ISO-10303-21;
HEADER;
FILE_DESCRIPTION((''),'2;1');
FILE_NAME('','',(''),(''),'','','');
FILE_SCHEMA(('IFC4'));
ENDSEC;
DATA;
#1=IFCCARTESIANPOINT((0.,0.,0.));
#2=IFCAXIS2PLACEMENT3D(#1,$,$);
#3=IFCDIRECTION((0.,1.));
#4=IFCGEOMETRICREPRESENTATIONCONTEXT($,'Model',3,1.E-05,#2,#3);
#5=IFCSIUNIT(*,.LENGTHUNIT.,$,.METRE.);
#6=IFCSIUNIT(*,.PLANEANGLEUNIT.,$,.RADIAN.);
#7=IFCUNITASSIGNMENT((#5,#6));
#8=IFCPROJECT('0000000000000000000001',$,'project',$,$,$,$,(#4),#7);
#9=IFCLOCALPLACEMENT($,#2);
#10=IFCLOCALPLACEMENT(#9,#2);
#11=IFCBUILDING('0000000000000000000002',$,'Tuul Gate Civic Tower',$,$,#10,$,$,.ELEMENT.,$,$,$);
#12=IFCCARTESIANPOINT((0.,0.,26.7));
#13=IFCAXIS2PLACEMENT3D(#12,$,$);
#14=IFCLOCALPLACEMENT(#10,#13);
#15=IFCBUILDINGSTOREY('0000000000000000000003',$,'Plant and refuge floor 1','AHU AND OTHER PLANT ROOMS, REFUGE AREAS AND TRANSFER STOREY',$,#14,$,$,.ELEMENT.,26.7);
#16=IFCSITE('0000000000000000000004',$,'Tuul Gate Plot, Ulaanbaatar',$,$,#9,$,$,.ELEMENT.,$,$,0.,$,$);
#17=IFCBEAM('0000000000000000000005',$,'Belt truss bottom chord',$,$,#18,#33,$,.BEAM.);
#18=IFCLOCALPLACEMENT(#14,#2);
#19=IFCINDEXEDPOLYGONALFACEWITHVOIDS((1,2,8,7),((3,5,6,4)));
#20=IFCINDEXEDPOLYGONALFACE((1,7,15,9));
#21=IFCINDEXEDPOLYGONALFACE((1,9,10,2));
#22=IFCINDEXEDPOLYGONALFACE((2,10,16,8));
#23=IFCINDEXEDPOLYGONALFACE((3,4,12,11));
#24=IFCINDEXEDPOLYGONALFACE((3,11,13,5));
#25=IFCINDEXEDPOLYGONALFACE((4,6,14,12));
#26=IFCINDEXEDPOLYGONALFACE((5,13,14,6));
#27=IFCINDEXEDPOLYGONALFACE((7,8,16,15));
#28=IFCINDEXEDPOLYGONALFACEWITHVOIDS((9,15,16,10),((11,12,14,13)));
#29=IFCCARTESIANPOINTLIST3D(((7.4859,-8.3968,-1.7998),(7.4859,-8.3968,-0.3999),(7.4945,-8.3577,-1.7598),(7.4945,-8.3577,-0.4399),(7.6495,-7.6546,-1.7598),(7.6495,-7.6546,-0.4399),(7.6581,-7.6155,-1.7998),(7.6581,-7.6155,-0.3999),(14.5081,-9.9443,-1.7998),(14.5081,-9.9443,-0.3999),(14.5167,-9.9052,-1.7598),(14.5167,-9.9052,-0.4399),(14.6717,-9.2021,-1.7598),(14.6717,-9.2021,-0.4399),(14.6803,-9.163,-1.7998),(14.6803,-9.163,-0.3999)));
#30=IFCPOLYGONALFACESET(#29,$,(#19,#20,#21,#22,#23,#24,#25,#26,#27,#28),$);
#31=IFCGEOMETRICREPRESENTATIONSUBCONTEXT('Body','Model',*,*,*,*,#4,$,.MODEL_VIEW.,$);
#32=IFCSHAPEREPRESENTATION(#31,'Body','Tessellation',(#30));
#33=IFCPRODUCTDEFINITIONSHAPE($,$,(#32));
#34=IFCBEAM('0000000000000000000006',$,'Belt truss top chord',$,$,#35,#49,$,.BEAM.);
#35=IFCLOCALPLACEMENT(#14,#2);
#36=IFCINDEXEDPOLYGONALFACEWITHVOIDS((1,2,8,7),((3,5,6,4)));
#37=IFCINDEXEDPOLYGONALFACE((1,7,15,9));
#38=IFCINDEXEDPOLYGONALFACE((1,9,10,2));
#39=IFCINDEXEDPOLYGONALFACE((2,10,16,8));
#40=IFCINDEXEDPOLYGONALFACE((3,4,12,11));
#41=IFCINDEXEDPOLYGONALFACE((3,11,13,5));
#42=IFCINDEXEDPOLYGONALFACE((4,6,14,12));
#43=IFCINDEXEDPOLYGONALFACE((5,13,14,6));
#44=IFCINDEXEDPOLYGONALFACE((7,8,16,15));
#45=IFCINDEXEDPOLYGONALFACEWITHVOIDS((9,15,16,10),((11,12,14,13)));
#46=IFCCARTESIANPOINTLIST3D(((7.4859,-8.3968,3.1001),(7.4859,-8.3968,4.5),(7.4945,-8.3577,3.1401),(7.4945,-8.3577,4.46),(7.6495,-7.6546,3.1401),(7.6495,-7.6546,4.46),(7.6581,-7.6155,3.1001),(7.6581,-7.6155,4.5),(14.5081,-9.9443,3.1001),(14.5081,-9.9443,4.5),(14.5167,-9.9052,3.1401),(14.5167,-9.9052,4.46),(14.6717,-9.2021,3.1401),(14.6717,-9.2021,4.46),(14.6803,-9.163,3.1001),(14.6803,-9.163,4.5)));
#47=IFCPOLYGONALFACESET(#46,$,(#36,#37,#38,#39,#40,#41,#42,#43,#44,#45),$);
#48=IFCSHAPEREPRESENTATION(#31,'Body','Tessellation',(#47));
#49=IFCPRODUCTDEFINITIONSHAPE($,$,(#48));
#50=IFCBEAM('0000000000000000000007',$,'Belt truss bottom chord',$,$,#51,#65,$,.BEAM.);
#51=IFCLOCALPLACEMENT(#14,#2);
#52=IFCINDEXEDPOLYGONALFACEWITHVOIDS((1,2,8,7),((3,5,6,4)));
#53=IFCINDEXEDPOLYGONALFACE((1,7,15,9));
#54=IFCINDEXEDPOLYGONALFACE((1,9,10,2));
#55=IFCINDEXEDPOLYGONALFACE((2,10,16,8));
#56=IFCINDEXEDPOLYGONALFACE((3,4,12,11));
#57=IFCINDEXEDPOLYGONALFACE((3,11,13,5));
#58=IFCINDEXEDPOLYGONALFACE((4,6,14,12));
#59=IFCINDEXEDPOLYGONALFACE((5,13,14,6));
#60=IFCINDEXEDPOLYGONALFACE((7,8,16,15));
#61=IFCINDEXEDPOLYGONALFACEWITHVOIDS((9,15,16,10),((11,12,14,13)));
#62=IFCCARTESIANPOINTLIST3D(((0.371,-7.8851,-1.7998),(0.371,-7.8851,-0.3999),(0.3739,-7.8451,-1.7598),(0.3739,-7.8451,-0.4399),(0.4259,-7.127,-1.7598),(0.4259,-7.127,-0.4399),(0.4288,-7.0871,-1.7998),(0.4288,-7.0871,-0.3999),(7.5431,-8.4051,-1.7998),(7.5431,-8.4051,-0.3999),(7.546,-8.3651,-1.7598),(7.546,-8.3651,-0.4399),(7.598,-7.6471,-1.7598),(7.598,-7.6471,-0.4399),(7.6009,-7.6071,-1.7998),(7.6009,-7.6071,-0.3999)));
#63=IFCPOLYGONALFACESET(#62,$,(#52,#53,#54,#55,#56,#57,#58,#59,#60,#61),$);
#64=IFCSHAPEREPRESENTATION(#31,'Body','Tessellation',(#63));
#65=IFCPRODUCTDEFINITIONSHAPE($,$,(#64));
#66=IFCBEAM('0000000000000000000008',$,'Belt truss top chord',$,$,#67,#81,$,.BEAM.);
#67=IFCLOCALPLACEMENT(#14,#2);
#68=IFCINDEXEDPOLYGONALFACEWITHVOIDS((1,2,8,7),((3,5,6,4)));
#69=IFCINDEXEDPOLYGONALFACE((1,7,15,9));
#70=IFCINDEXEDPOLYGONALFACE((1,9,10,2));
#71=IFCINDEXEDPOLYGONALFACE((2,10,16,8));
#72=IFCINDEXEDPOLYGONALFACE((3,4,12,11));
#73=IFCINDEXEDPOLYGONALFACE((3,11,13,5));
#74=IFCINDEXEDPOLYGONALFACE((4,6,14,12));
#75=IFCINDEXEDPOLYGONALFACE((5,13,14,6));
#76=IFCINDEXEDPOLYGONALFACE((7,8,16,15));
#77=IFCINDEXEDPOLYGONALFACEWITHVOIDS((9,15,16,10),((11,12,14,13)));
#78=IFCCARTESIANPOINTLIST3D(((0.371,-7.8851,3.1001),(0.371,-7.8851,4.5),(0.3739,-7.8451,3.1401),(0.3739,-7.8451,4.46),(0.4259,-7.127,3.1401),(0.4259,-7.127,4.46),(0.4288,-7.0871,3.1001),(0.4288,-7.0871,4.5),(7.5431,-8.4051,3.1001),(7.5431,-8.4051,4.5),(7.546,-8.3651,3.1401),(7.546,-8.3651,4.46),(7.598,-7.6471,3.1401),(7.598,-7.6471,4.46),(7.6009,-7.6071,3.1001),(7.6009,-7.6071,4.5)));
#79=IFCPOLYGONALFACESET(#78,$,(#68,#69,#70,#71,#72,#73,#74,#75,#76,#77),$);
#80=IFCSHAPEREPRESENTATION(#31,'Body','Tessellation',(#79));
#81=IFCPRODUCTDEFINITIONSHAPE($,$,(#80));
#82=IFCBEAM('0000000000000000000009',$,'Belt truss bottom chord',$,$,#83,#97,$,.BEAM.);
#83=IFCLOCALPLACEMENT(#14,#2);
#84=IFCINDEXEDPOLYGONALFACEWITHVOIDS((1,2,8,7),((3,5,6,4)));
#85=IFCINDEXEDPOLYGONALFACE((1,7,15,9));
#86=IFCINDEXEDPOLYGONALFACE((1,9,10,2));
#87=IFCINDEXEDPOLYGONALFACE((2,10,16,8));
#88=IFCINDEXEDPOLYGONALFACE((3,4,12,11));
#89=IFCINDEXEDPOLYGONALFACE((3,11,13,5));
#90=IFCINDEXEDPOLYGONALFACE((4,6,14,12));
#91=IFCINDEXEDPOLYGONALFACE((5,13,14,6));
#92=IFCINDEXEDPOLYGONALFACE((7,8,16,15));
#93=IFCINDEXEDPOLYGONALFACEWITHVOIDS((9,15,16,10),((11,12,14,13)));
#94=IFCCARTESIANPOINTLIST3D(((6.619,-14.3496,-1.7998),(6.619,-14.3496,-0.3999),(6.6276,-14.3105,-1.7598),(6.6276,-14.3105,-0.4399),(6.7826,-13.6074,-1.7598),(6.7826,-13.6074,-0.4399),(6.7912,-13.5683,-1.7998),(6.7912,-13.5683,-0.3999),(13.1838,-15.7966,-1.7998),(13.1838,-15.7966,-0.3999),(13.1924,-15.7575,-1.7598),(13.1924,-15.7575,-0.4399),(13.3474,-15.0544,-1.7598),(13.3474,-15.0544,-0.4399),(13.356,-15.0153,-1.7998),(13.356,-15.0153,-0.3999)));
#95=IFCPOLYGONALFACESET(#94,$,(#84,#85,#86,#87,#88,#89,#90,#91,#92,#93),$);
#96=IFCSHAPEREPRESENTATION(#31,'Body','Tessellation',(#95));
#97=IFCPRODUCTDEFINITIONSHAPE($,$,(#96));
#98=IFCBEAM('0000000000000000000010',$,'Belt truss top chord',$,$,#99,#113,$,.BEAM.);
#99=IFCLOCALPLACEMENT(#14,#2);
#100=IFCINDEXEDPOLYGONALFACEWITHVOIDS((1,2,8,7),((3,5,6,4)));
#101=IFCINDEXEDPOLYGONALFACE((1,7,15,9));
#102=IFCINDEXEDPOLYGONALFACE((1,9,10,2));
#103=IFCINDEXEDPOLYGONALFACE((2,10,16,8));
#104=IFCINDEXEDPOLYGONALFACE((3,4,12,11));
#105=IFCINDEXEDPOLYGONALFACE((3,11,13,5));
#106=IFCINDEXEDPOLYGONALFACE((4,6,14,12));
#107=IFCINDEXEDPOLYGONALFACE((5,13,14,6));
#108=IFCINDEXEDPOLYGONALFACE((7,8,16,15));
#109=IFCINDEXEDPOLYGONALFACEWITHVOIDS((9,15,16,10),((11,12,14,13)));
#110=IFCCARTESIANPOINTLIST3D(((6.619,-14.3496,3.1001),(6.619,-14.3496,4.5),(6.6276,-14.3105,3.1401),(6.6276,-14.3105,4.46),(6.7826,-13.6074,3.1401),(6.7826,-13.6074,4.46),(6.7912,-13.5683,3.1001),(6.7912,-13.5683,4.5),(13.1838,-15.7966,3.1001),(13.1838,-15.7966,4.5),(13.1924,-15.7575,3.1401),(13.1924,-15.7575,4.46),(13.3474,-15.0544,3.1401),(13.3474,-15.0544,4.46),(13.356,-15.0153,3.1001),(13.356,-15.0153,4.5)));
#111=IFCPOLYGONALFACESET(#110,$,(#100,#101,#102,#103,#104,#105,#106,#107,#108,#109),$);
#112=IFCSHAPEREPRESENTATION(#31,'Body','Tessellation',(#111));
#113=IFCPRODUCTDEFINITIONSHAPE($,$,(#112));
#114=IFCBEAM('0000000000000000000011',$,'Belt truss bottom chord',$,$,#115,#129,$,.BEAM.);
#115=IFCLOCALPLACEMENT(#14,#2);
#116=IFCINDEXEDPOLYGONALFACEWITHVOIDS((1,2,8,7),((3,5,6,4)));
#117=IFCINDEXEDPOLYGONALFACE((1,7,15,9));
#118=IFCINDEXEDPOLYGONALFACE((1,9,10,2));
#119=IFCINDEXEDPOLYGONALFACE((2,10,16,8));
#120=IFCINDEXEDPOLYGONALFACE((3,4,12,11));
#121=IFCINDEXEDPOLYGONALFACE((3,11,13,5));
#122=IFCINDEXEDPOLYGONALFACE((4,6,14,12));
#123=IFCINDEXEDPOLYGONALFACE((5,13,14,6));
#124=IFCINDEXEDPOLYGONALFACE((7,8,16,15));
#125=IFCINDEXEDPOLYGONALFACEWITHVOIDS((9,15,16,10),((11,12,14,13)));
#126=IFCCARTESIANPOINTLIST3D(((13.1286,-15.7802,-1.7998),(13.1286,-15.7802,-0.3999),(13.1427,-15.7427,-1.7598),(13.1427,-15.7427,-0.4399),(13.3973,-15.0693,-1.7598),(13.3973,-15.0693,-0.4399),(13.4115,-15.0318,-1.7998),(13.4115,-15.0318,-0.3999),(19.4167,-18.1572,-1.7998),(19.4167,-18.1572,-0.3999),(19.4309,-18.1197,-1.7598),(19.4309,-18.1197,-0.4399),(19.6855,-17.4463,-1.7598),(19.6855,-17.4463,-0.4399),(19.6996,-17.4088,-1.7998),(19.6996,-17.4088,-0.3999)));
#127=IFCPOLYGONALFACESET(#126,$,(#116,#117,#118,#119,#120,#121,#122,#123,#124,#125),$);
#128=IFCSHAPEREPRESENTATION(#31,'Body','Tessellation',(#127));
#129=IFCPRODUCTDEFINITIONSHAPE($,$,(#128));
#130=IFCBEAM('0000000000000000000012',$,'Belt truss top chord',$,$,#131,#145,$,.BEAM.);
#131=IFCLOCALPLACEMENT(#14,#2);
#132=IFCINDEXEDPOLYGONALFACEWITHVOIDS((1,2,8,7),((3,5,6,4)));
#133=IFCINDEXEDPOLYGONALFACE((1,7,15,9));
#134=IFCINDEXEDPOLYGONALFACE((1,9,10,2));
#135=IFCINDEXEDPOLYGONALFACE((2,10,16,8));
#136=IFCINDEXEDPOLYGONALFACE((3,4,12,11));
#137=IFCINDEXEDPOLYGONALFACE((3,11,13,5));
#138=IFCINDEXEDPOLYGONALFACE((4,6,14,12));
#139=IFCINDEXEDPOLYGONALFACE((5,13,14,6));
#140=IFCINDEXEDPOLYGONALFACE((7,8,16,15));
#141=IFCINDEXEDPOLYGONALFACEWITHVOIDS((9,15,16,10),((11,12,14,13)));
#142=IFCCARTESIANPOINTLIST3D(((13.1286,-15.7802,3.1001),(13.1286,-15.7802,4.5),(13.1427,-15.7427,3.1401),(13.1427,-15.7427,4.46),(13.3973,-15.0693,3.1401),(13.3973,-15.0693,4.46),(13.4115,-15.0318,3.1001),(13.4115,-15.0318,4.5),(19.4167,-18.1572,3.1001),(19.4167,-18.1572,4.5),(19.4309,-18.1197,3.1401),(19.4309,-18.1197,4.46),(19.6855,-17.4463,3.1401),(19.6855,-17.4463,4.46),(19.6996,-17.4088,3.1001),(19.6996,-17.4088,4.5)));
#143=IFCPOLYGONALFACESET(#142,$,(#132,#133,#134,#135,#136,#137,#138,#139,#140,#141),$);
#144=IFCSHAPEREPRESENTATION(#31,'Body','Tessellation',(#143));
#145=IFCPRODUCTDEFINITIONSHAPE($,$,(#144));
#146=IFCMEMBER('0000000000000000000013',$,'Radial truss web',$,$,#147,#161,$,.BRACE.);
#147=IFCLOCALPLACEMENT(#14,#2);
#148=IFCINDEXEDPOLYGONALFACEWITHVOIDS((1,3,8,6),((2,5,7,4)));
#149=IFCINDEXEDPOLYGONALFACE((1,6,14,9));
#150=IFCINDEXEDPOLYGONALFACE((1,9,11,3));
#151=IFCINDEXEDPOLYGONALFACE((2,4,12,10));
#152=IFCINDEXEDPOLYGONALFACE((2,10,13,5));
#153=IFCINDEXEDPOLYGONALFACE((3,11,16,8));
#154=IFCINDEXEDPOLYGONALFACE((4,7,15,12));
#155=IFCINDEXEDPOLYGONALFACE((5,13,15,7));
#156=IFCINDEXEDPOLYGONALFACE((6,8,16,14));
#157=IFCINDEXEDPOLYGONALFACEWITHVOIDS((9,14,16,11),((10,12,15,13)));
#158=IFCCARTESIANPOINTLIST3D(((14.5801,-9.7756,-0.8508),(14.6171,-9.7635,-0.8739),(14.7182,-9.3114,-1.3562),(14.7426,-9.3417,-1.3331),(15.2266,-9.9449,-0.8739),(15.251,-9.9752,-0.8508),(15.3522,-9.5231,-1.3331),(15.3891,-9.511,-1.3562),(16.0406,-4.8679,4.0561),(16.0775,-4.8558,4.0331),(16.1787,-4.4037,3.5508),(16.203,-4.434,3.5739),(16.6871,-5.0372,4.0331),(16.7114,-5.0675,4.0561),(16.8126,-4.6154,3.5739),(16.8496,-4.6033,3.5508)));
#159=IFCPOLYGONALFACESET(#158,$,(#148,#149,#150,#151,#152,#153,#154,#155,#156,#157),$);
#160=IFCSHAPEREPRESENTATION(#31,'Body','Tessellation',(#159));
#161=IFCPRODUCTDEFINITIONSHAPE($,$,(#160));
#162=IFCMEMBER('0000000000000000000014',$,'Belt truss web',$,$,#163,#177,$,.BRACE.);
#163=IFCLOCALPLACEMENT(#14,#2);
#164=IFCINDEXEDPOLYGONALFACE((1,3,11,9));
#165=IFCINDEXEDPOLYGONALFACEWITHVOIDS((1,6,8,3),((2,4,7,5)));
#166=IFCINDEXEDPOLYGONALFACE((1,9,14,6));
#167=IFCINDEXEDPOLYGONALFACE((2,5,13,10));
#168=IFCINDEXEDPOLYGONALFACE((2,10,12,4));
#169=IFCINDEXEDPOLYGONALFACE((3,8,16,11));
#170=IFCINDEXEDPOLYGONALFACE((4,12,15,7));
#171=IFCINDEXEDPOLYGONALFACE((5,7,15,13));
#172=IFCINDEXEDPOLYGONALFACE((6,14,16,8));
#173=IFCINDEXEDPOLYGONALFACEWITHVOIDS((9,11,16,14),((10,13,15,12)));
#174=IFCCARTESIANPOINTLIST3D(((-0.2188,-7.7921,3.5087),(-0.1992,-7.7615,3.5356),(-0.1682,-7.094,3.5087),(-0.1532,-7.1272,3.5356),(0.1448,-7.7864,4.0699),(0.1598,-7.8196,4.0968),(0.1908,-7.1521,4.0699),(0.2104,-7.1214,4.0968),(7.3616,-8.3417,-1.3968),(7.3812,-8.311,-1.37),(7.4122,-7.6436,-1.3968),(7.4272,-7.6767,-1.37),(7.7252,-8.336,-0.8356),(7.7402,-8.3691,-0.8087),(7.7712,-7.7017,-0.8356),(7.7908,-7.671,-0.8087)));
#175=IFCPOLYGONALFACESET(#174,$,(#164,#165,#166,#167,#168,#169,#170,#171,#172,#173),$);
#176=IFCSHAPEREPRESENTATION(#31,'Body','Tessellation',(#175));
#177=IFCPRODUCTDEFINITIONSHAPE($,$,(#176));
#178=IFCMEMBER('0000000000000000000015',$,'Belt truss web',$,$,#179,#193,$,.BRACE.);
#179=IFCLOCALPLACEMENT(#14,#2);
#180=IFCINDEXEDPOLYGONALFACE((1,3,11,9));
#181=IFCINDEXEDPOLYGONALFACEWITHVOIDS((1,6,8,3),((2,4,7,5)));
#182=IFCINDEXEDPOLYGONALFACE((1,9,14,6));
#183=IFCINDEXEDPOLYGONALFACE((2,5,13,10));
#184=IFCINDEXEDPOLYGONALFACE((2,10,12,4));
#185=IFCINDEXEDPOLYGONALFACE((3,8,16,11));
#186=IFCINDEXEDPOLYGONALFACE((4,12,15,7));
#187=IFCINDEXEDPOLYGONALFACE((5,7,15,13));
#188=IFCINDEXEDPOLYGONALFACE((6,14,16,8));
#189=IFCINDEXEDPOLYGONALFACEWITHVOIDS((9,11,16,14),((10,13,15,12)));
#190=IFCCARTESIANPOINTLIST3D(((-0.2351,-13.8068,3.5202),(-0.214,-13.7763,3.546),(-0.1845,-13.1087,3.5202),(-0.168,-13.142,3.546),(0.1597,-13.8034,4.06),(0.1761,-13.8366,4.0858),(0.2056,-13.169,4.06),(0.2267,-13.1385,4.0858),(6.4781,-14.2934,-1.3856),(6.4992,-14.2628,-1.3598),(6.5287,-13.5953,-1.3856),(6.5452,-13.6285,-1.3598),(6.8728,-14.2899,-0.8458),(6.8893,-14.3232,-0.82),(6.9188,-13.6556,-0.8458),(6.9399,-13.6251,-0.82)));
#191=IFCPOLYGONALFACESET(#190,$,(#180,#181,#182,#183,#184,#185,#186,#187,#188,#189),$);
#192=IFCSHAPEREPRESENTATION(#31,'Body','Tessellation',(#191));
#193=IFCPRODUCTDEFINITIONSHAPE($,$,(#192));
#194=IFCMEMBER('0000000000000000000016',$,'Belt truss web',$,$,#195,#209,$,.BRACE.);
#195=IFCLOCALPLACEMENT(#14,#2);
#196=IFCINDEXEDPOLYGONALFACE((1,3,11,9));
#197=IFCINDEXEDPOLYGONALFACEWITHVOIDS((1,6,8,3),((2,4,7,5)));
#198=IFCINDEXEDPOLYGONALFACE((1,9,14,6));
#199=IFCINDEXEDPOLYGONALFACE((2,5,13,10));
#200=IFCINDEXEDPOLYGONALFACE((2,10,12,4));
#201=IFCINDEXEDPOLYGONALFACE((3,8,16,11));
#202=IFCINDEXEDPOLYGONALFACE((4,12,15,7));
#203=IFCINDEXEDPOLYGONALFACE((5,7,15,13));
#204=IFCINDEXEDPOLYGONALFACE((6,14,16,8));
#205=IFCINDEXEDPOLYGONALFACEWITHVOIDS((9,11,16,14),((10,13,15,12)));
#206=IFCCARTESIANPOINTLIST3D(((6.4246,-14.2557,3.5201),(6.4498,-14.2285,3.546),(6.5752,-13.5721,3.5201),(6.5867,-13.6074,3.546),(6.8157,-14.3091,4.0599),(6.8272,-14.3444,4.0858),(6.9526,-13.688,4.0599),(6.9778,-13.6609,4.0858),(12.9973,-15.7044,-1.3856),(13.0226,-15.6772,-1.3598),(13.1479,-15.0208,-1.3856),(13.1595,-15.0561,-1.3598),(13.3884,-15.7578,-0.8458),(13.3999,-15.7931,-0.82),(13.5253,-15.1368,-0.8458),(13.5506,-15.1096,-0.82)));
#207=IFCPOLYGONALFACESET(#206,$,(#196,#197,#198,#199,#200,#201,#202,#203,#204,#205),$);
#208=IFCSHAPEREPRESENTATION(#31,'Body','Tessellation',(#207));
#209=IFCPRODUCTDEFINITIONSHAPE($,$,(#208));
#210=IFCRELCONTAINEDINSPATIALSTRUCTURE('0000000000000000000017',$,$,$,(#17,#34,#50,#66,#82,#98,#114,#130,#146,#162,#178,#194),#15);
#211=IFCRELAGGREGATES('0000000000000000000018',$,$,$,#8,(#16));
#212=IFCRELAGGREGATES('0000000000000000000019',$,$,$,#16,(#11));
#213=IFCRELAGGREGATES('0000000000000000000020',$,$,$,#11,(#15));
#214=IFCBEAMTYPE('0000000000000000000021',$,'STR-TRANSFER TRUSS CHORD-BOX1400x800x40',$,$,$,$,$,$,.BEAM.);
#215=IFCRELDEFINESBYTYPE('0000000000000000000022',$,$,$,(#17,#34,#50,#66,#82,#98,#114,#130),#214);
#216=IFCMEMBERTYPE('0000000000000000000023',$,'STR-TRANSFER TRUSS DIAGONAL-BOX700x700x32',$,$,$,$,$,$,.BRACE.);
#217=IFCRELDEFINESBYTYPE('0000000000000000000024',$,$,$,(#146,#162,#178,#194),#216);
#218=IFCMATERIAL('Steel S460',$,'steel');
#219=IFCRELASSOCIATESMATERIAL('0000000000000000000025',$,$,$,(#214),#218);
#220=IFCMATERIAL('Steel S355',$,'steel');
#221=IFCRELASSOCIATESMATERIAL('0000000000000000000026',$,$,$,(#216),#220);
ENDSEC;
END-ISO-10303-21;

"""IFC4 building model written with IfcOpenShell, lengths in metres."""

from ifc_helpers import new_model, si_unit, direction, frame, origin, origin_2d, place, context, subcontext, project, spatial, hollow_rectangle, extrude, material, material_profile, profile_set, type_object, element, save


model = new_model("IFC4")

# Units and contexts
model_context = context("Model", 3, precision=1e-05, world=origin(), true_north=direction((0.0, 1.0)))
body_context = subcontext(model_context, "Body", "Model", "MODEL_VIEW")
ifc_project = project(units=[si_unit("LENGTHUNIT", "METRE"), si_unit("PLANEANGLEUNIT", "RADIAN")], contexts=[model_context])

# Site, building, storey
site_placement = place(None, origin())
site = spatial("IfcSite", under=ifc_project, at=site_placement, Name="Tuul Gate Plot, Ulaanbaatar", CompositionType="ELEMENT", RefElevation=0.0)
building_placement = place(site_placement, origin())
building = spatial("IfcBuilding", under=site, at=building_placement, Name="Tuul Gate Civic Tower", CompositionType="ELEMENT")
storey_placement = place(building_placement, frame((0.0, 0.0, 26.7)))
storey = spatial("IfcBuildingStorey", under=building, at=storey_placement, Name="Plant and refuge floor 1", Description="AHU AND OTHER PLANT ROOMS, REFUGE AREAS AND TRANSFER STOREY", CompositionType="ELEMENT", Elevation=26.7)

# Beams
ifc_material_1 = material(Name="Steel S460", Category="steel")
ifc_material_profile_1 = material_profile(ifc_material_1, hollow_rectangle(XDim=0.8, YDim=1.3999, WallThickness=0.04, at=origin_2d()), Name="BOX1400x800x40")
ifc_profile_set_1 = profile_set([ifc_material_profile_1], Name="Steel S460")
beam_type = type_object("IfcBeamType", Name="STR-TRANSFER TRUSS CHORD-BOX1400x800x40", PredefinedType="BEAM", material=ifc_profile_set_1)
for number, where, z_axis, x_axis, name in (
    (1, (7.572, -8.0061, -1.0999), (0.976565, -0.215223, 0.0), (0.215223, 0.976565, 0.0), "Belt truss bottom chord"),
    (2, (7.572, -8.0061, 3.8), (0.976565, -0.215223, 0.0), (0.215223, 0.976565, 0.0), "Belt truss top chord"),
):
    element("IfcBeam", number, at=place(storey_placement, frame(where, z_axis=z_axis, x_axis=x_axis)), inside=storey, type_object=beam_type, Name=name, PredefinedType="BEAM", context=body_context, shape_type="SweptSolid", body=[
        extrude(hollow_rectangle(XDim=0.8, YDim=1.3999, WallThickness=0.04, at=origin_2d()), origin(), (0.0, 0.0, 1.0), 7.1907),
    ])
for number, where, z_axis, x_axis, name in (
    (3, (0.3999, -7.4861, -1.0999), (0.997382, -0.072316, 0.0), (0.072316, 0.997382, 0.0), "Belt truss bottom chord"),
    (4, (0.3999, -7.4861, 3.8), (0.997382, -0.072316, 0.0), (0.072316, 0.997382, 0.0), "Belt truss top chord"),
):
    element("IfcBeam", number, at=place(storey_placement, frame(where, z_axis=z_axis, x_axis=x_axis)), inside=storey, type_object=beam_type, Name=name, PredefinedType="BEAM", context=body_context, shape_type="SweptSolid", body=[
        extrude(hollow_rectangle(XDim=0.8, YDim=1.3999, WallThickness=0.04, at=origin_2d()), origin(), (0.0, 0.0, 1.0), 7.1909),
    ])
for number, where, z_axis, x_axis, name in (
    (5, (6.7051, -13.959, -1.0999), (0.976559, -0.21525, 0.0), (0.21525, 0.976559, 0.0), "Belt truss bottom chord"),
    (6, (6.7051, -13.959, 3.8), (0.976559, -0.21525, 0.0), (0.21525, 0.976559, 0.0), "Belt truss top chord"),
    (7, (13.27, -15.406, -1.0999), (0.935401, -0.35359, 0.0), (0.35359, 0.935401, 0.0), "Belt truss bottom chord"),
    (8, (13.27, -15.406, 3.8), (0.935401, -0.35359, 0.0), (0.35359, 0.935401, 0.0), "Belt truss top chord"),
):
    element("IfcBeam", number, at=place(storey_placement, frame(where, z_axis=z_axis, x_axis=x_axis)), inside=storey, type_object=beam_type, Name=name, PredefinedType="BEAM", context=body_context, shape_type="SweptSolid", body=[
        extrude(hollow_rectangle(XDim=0.8, YDim=1.3999, WallThickness=0.04, at=origin_2d()), origin(), (0.0, 0.0, 1.0), 6.7224),
    ])

# Members
ifc_material_2 = material(Name="Steel S355", Category="steel")
ifc_material_profile_2 = material_profile(ifc_material_2, hollow_rectangle(XDim=0.7, YDim=0.7, WallThickness=0.032, at=origin_2d()), Name="BOX700x700x32")
ifc_profile_set_2 = profile_set([ifc_material_profile_2], Name="Steel S355")
member_type_1 = type_object("IfcMemberType", Name="STR-TRANSFER TRUSS DIAGONAL-BOX700x700x32", PredefinedType="BRACE", material=ifc_profile_set_2)
member_1_placement = place(storey_placement, frame((14.9846, -9.6433, -1.1035), z_axis=(0.205928, 0.692003, 0.6919), x_axis=(-0.958462, 0.285221, 0.0)))
element("IfcMember", 9, at=member_1_placement, inside=storey, type_object=member_type_1, Name="Radial truss web", PredefinedType="BRACE", context=body_context, shape_type="SweptSolid", body=[
    extrude(hollow_rectangle(XDim=0.7, YDim=0.7, WallThickness=0.032, at=origin_2d()), origin(), (0.0, 0.0, 1.0), 7.092),
])
member_2_placement = place(storey_placement, frame((7.5762, -8.0063, -1.1028), z_axis=(-0.837989, 0.060753, 0.542295), x_axis=(-0.072309, -0.997382, 0.0)))
element("IfcMember", 10, at=member_2_placement, inside=storey, type_object=member_type_1, Name="Belt truss web", PredefinedType="BRACE", context=body_context, shape_type="SweptSolid", body=[
    extrude(hollow_rectangle(XDim=0.7, YDim=0.7, WallThickness=0.032, at=origin_2d()), origin(), (0.0, 0.0, 1.0), 9.0459),
])
member_3_placement = place(storey_placement, frame((6.709, -13.9592, -1.1028), z_axis=(-0.806012, 0.05842, 0.58901), x_axis=(-0.072291, -0.997384, 0.0)))
element("IfcMember", 11, at=member_3_placement, inside=storey, type_object=member_type_1, Name="Belt truss web", PredefinedType="BRACE", context=body_context, shape_type="SweptSolid", body=[
    extrude(hollow_rectangle(XDim=0.7, YDim=0.7, WallThickness=0.032, at=origin_2d()), origin(), (0.0, 0.0, 1.0), 8.3289),
])
member_4_placement = place(storey_placement, frame((13.2739, -15.407, -1.1028), z_axis=(-0.789174, 0.173945, 0.589022), x_axis=(-0.215248, -0.976559, 0.0)))
element("IfcMember", 12, at=member_4_placement, inside=storey, type_object=member_type_1, Name="Belt truss web", PredefinedType="BRACE", context=body_context, shape_type="SweptSolid", body=[
    extrude(hollow_rectangle(XDim=0.7, YDim=0.7, WallThickness=0.032, at=origin_2d()), origin(), (0.0, 0.0, 1.0), 8.3286),
])

save(model, "model.ifc")
